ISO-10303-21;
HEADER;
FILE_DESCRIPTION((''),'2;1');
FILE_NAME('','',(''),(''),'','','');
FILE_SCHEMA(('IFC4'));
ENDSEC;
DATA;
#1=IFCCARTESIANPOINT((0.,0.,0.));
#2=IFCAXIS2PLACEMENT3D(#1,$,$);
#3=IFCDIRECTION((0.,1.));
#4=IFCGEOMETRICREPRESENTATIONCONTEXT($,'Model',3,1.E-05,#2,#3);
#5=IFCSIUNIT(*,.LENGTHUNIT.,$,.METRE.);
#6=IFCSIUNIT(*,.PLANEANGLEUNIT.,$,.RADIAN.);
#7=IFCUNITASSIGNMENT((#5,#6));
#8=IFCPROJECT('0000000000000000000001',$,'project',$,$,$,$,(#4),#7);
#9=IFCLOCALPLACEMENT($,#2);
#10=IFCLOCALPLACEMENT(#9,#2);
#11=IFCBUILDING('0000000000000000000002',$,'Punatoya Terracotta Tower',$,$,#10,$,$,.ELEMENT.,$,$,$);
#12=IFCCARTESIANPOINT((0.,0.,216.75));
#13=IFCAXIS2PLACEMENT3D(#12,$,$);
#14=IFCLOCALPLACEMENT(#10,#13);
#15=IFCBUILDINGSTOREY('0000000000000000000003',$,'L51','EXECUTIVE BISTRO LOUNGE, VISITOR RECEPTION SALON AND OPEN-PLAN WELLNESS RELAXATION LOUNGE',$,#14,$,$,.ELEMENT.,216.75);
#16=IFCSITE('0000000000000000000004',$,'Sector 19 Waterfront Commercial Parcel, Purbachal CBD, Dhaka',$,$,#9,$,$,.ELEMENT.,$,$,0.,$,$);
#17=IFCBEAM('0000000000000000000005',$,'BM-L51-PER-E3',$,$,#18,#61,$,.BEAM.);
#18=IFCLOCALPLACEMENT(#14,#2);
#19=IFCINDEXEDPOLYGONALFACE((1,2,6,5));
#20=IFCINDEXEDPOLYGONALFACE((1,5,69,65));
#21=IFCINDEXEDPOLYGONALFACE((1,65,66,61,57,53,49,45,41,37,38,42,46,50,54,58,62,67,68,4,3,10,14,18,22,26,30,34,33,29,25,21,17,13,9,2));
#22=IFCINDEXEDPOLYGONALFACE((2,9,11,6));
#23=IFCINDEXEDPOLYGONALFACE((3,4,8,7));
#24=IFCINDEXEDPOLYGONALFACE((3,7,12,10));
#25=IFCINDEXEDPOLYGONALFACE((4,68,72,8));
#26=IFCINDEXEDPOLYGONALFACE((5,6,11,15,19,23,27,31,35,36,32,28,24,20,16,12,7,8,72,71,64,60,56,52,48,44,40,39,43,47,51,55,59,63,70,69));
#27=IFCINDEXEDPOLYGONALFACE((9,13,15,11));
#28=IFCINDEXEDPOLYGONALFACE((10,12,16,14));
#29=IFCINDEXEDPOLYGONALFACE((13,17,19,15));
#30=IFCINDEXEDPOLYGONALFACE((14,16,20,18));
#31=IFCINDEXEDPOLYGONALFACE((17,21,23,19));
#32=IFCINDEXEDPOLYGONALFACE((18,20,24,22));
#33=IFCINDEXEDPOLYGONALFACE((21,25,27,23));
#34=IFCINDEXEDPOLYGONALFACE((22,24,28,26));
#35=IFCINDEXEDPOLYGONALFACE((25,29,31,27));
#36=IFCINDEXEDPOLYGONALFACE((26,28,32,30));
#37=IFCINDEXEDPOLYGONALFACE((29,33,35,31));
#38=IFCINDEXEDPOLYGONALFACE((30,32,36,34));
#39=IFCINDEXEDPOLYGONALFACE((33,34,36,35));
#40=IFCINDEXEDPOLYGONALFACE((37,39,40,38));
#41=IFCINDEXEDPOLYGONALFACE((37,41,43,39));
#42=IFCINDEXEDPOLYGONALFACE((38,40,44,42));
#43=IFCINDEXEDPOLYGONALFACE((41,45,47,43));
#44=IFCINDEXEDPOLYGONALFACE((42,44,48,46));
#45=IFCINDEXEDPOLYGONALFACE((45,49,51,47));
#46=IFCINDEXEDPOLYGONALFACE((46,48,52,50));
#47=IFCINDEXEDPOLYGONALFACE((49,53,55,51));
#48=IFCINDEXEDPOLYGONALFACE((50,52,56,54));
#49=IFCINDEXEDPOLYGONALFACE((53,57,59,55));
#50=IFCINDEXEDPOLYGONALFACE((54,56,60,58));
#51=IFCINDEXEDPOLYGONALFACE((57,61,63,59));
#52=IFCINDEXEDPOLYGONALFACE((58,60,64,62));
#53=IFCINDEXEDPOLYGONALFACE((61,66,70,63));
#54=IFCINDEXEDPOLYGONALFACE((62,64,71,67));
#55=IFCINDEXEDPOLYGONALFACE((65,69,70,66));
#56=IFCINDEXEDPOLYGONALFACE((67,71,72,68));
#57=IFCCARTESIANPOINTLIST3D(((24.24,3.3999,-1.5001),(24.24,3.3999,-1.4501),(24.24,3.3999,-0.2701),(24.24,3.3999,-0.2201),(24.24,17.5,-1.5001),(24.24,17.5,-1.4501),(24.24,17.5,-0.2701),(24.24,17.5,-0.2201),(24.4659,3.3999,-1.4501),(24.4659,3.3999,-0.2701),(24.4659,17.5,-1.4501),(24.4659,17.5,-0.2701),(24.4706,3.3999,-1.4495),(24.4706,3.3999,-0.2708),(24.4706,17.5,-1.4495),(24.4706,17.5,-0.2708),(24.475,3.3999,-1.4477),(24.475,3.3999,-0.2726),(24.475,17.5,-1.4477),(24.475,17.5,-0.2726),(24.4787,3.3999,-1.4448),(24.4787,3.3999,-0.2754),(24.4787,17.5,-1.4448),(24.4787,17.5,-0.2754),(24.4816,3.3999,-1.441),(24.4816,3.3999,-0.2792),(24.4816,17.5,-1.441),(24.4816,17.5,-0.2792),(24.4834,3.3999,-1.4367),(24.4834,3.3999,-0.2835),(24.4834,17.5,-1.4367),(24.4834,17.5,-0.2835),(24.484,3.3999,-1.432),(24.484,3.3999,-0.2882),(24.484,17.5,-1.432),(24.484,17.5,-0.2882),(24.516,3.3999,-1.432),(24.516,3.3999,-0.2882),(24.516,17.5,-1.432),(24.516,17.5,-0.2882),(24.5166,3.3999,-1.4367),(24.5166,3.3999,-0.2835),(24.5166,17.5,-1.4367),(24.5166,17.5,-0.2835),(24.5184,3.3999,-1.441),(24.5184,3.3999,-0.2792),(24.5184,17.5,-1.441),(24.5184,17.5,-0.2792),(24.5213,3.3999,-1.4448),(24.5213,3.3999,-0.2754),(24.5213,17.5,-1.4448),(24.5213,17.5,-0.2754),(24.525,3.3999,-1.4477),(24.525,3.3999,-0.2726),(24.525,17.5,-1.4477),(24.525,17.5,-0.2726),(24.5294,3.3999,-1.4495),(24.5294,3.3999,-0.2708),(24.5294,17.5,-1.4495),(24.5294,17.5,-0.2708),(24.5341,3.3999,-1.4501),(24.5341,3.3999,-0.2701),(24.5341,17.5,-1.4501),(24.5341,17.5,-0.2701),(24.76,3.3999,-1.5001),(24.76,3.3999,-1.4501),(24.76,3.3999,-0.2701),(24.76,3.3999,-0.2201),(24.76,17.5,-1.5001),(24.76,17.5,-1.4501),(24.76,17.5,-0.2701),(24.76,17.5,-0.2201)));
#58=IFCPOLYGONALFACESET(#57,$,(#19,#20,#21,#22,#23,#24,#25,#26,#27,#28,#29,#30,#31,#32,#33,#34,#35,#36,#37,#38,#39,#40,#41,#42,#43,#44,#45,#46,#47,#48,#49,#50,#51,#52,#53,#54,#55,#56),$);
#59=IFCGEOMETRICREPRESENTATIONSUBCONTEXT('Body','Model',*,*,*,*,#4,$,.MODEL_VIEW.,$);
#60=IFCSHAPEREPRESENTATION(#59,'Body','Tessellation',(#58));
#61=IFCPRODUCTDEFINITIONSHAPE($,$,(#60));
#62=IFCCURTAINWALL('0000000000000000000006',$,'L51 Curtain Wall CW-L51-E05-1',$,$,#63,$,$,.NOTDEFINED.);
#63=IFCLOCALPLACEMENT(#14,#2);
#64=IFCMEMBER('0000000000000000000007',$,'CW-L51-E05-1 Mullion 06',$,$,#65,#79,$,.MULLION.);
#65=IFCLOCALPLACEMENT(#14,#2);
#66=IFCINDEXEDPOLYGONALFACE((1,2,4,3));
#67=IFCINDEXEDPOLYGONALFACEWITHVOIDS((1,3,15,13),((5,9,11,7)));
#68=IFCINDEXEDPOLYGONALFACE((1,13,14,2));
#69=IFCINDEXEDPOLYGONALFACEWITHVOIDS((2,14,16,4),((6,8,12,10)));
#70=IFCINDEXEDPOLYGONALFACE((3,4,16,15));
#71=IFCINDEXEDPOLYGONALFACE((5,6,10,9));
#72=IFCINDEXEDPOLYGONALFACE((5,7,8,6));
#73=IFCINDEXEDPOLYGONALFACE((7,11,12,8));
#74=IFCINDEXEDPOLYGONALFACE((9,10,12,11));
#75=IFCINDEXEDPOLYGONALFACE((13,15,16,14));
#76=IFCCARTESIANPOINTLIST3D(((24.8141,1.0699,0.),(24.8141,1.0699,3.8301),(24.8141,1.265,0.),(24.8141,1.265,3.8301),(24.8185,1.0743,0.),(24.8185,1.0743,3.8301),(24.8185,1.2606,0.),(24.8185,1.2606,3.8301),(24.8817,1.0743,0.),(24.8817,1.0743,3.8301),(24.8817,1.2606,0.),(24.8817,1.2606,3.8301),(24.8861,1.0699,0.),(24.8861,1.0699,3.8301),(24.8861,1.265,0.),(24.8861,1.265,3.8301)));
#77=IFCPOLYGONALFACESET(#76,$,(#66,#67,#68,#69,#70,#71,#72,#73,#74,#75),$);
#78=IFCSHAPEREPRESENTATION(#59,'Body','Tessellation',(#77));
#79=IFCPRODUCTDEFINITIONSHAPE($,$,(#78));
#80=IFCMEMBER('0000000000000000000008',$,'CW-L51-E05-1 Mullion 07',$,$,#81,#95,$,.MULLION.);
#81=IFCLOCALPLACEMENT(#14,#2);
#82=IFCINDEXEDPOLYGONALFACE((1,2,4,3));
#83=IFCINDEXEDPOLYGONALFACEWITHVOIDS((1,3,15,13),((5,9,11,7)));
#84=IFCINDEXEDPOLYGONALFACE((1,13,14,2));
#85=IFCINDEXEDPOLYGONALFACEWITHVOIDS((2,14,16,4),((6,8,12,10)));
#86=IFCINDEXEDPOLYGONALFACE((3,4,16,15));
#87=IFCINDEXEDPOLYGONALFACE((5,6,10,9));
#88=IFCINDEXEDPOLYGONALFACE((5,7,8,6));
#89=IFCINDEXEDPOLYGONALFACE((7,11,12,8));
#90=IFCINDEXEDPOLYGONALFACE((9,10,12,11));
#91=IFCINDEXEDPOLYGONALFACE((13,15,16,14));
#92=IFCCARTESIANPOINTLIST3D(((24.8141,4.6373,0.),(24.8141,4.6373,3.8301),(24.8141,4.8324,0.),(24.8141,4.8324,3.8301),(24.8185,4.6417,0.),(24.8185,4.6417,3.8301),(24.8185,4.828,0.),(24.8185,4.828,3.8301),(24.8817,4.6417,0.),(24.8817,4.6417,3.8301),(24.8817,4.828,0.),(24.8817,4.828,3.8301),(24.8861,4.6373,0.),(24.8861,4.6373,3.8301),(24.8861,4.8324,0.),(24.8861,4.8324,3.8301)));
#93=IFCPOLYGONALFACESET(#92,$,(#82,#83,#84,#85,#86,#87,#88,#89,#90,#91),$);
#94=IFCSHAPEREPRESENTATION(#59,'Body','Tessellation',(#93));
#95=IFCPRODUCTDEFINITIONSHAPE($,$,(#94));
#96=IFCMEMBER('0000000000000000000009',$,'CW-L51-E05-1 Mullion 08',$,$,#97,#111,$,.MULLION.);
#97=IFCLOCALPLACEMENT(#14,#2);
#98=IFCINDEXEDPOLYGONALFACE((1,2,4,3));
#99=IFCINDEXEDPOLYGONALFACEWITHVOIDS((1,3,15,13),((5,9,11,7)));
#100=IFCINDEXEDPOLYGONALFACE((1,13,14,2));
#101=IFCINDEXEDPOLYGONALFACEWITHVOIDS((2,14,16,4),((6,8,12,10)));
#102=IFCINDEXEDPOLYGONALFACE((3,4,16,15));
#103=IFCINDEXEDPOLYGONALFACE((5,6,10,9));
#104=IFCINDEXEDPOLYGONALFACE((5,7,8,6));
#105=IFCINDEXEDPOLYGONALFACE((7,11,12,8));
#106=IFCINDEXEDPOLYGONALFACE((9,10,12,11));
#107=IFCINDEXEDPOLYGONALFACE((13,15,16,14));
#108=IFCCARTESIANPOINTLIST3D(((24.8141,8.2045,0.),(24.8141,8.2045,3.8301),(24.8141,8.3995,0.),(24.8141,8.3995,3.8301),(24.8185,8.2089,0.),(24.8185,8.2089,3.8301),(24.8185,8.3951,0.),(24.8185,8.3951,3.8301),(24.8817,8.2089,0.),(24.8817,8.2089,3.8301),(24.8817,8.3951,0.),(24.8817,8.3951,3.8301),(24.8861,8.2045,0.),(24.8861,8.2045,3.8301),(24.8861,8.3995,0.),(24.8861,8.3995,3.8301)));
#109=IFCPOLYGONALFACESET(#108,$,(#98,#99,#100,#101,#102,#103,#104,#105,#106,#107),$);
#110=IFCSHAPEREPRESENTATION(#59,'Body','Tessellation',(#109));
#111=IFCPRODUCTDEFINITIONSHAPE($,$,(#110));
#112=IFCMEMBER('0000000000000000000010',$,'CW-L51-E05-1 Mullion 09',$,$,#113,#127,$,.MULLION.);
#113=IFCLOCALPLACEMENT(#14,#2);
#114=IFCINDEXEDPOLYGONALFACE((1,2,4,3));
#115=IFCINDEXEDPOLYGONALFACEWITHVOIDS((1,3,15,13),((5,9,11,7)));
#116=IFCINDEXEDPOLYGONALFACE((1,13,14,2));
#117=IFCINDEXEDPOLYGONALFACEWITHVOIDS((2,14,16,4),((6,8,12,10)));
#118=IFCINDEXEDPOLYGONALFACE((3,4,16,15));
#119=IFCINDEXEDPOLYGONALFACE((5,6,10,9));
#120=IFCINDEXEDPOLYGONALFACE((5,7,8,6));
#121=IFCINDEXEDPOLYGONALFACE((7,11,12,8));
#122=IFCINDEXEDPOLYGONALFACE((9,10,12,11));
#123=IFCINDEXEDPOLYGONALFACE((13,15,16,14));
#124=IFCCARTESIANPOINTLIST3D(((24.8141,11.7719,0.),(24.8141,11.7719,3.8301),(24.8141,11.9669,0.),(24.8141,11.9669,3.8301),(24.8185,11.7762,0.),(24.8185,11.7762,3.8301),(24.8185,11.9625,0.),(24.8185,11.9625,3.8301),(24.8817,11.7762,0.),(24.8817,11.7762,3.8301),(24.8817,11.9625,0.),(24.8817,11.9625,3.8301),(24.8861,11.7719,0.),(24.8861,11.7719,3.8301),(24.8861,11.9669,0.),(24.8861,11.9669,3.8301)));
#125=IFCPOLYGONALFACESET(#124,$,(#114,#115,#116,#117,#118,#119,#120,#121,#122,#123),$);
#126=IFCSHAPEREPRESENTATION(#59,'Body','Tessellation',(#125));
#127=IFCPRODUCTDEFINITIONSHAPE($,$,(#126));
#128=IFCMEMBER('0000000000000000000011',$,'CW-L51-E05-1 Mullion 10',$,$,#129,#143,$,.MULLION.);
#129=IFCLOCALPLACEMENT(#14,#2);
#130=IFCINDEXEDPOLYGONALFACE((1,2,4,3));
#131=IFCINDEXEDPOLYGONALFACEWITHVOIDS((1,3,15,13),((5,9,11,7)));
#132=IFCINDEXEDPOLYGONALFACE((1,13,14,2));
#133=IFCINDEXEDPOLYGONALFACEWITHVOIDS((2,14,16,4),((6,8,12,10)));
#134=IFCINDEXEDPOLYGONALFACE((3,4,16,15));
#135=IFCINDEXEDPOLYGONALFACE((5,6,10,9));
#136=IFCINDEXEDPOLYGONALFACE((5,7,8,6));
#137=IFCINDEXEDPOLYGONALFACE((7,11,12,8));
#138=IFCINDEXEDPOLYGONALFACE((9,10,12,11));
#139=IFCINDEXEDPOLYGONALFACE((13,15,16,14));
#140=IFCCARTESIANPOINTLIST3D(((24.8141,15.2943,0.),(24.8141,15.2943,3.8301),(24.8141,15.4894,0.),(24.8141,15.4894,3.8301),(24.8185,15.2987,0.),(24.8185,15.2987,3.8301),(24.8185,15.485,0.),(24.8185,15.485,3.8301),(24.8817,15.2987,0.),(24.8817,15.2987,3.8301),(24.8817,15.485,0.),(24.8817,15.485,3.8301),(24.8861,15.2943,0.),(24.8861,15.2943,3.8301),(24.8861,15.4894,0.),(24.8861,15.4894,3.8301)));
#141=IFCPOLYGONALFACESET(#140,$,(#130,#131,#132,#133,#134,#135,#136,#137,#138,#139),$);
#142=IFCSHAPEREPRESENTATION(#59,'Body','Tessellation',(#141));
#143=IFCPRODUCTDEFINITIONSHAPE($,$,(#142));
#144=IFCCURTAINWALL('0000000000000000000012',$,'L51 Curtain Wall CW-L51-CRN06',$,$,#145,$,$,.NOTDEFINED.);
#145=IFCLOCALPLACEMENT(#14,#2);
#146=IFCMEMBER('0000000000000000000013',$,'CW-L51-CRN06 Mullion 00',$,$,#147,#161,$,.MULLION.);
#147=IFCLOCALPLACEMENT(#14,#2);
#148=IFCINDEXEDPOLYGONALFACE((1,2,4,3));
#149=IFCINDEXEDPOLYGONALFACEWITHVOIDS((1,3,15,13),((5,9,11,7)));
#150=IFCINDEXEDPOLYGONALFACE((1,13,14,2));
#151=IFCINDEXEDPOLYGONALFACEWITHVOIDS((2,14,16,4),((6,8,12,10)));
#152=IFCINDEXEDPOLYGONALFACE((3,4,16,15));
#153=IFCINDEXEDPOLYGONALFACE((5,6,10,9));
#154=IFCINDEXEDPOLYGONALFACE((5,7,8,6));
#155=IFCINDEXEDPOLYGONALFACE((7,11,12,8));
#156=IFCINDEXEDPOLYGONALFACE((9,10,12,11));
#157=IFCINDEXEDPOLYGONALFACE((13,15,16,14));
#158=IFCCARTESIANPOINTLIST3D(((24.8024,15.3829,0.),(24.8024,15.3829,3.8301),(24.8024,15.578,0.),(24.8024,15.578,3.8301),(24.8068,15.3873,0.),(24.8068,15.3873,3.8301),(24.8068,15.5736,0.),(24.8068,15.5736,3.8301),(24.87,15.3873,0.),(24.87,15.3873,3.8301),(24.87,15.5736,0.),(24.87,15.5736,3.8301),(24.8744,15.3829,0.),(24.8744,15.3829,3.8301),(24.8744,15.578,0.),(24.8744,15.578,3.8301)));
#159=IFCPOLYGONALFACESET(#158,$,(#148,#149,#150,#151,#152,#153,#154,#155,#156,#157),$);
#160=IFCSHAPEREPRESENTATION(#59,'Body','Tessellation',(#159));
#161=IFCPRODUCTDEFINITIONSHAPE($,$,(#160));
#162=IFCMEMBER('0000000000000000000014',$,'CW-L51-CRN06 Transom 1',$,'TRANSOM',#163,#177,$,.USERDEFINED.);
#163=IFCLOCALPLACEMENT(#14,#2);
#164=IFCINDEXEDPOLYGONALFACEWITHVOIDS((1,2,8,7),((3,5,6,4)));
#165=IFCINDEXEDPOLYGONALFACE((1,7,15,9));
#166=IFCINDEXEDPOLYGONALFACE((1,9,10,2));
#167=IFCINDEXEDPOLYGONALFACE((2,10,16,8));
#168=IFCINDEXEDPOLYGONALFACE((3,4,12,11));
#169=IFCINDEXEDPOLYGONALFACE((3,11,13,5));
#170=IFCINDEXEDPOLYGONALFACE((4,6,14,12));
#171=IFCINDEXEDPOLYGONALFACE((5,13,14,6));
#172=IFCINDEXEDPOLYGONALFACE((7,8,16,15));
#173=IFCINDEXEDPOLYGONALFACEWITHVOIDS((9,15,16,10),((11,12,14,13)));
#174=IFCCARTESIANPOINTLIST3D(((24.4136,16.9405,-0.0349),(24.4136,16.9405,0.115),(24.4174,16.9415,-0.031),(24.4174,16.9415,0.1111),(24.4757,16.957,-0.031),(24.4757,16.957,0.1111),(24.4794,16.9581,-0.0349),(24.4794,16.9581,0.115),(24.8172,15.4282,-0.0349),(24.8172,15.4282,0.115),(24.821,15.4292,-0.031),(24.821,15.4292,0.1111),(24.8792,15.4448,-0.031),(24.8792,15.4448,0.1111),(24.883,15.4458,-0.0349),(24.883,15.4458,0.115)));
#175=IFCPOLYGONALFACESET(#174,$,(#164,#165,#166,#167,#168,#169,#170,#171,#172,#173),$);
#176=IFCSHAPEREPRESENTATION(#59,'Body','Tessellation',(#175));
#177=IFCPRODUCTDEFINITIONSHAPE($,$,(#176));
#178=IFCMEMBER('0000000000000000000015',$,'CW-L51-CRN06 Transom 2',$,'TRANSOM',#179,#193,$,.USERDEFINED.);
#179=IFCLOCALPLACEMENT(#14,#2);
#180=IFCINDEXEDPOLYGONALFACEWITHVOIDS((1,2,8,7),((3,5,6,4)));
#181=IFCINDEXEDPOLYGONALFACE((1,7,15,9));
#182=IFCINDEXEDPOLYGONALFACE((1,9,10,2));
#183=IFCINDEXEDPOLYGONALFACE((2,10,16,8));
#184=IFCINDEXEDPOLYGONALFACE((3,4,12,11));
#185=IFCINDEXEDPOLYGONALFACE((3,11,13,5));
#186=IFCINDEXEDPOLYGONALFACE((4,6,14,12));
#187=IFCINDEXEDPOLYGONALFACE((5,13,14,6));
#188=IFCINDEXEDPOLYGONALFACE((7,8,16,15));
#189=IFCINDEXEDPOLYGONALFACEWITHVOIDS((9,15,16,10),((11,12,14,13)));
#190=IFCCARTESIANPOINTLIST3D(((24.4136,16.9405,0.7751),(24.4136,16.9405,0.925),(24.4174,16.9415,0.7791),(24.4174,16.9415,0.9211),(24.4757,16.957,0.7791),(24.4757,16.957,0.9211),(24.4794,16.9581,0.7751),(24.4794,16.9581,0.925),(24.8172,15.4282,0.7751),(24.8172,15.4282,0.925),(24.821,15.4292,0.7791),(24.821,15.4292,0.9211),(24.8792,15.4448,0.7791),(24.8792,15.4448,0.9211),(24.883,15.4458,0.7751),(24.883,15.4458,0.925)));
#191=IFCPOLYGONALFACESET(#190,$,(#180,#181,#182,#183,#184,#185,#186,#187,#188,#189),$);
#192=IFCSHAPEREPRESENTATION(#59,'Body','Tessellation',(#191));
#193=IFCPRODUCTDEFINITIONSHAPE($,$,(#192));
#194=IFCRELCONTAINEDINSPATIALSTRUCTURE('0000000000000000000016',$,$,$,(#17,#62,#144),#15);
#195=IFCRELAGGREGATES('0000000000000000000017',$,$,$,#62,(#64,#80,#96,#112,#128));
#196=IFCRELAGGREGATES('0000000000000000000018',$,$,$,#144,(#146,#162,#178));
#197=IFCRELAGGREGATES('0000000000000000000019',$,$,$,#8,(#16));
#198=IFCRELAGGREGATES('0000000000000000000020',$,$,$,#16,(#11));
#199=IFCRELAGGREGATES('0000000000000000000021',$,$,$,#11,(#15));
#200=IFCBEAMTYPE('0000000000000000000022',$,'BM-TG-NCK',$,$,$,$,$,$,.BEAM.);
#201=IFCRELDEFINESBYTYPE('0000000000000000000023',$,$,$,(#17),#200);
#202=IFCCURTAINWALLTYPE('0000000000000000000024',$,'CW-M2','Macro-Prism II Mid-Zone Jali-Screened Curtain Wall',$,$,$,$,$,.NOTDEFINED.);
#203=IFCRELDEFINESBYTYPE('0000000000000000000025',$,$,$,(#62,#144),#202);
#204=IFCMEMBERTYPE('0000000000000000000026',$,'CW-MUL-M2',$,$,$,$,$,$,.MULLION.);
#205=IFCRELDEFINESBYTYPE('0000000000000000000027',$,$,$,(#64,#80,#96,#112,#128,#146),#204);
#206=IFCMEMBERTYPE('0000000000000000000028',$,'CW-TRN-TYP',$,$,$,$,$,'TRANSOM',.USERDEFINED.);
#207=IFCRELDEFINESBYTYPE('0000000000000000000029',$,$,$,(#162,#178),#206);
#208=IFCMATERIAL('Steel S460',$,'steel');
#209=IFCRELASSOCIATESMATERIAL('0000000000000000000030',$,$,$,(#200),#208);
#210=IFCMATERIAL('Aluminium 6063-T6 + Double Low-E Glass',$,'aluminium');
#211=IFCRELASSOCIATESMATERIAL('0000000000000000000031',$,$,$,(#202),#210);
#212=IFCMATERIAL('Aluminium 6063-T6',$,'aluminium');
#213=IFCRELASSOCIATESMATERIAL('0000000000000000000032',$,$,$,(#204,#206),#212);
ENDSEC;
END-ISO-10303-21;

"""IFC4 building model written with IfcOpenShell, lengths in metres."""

from ifc_helpers import new_model, si_unit, direction, frame, origin, origin_2d, place, context, subcontext, project, spatial, hollow_rectangle, i_section, extrude, material, material_profile, profile_set, type_object, element, aggregate, save


model = new_model("IFC4")

# Units and contexts
model_context = context("Model", 3, precision=1e-05, world=origin(), true_north=direction((0.0, 1.0)))
body_context = subcontext(model_context, "Body", "Model", "MODEL_VIEW")
ifc_project = project(units=[si_unit("LENGTHUNIT", "METRE"), si_unit("PLANEANGLEUNIT", "RADIAN")], contexts=[model_context])

# Site, building, storey
site_placement = place(None, origin())
site = spatial("IfcSite", under=ifc_project, at=site_placement, Name="Sector 19 Waterfront Commercial Parcel, Purbachal CBD, Dhaka", CompositionType="ELEMENT", RefElevation=0.0)
building_placement = place(site_placement, origin())
building = spatial("IfcBuilding", under=site, at=building_placement, Name="Punatoya Terracotta Tower", CompositionType="ELEMENT")
storey_placement = place(building_placement, frame((0.0, 0.0, 216.75)))
storey = spatial("IfcBuildingStorey", under=building, at=storey_placement, Name="L51", Description="EXECUTIVE BISTRO LOUNGE, VISITOR RECEPTION SALON AND OPEN-PLAN WELLNESS RELAXATION LOUNGE", CompositionType="ELEMENT", Elevation=216.75)

# Shared definitions
ifc_material_1 = material(Name="Steel S460", Category="steel")

# Beam
ifc_material_profile_1 = material_profile(ifc_material_1, i_section(OverallWidth=0.52, OverallDepth=1.28, WebThickness=0.032, FlangeThickness=0.05, FilletRadius=0.0181, at=origin_2d()))
ifc_profile_set_1 = profile_set([ifc_material_profile_1], Name="Steel S460")
beam_type_1 = type_object("IfcBeamType", Name="BM-TG-NCK", PredefinedType="BEAM", material=ifc_profile_set_1)
beam_1_placement = place(storey_placement, frame((24.5, 3.3999, -0.8601), z_axis=(0.0, 1.0, 0.0), x_axis=(-1.0, 0.0, 0.0)))
element("IfcBeam", 1, at=beam_1_placement, inside=storey, type_object=beam_type_1, Name="BM-L51-PER-E3", PredefinedType="BEAM", context=body_context, shape_type="SweptSolid", body=[
    extrude(i_section(OverallWidth=0.52, OverallDepth=1.28, WebThickness=0.032, FlangeThickness=0.05, FilletRadius=0.0181, at=origin_2d()), origin(), (0.0, 0.0, 1.0), 14.1001),
])

# Curtain walls, members
ifc_material_2 = material(Name="Aluminium 6063-T6 + Double Low-E Glass", Category="aluminium")
curtain_wall_type = type_object("IfcCurtainWallType", Name="CW-M2", Description="Macro-Prism II Mid-Zone Jali-Screened Curtain Wall", PredefinedType="NOTDEFINED", material=ifc_material_2)
curtain_wall_1_placement = place(storey_placement, origin())
curtain_wall_1 = element("IfcCurtainWall", 2, at=curtain_wall_1_placement, inside=storey, type_object=curtain_wall_type, Name="L51 Curtain Wall CW-L51-E05-1", PredefinedType="NOTDEFINED")
ifc_material_3 = material(Name="Aluminium 6063-T6", Category="aluminium")
ifc_material_profile_2 = material_profile(ifc_material_3, hollow_rectangle(XDim=0.072, YDim=0.1951, WallThickness=0.0044, at=origin_2d()))
ifc_profile_set_2 = profile_set([ifc_material_profile_2], Name="Aluminium 6063-T6")
member_type_1 = type_object("IfcMemberType", Name="CW-MUL-M2", PredefinedType="MULLION", material=ifc_profile_set_2)
member_1_placement = place(storey_placement, frame((24.8501, 1.1675, 0.0), z_axis=(0.0, 0.0, 1.0), x_axis=(1.0, 0.0, 0.0)))
member_1 = element("IfcMember", 3, at=member_1_placement, type_object=member_type_1, Name="CW-L51-E05-1 Mullion 06", PredefinedType="MULLION", context=body_context, shape_type="SweptSolid", body=[
    extrude(hollow_rectangle(XDim=0.072, YDim=0.1951, WallThickness=0.0044, at=origin_2d()), origin(), (0.0, 0.0, 1.0), 3.8301),
])
member_2_placement = place(storey_placement, frame((24.8501, 4.7349, 0.0), z_axis=(0.0, 0.0, 1.0), x_axis=(1.0, 0.0, 0.0)))
member_2 = element("IfcMember", 4, at=member_2_placement, type_object=member_type_1, Name="CW-L51-E05-1 Mullion 07", PredefinedType="MULLION", context=body_context, shape_type="SweptSolid", body=[
    extrude(hollow_rectangle(XDim=0.072, YDim=0.1951, WallThickness=0.0044, at=origin_2d()), origin(), (0.0, 0.0, 1.0), 3.8301),
])
member_3_placement = place(storey_placement, frame((24.8501, 8.302, 0.0), z_axis=(0.0, 0.0, 1.0), x_axis=(1.0, 0.0, 0.0)))
member_3 = element("IfcMember", 5, at=member_3_placement, type_object=member_type_1, Name="CW-L51-E05-1 Mullion 08", PredefinedType="MULLION", context=body_context, shape_type="SweptSolid", body=[
    extrude(hollow_rectangle(XDim=0.072, YDim=0.1951, WallThickness=0.0044, at=origin_2d()), origin(), (0.0, 0.0, 1.0), 3.8301),
])
member_4_placement = place(storey_placement, frame((24.8501, 11.8694, 0.0), z_axis=(0.0, 0.0, 1.0), x_axis=(1.0, 0.0, 0.0)))
member_4 = element("IfcMember", 6, at=member_4_placement, type_object=member_type_1, Name="CW-L51-E05-1 Mullion 09", PredefinedType="MULLION", context=body_context, shape_type="SweptSolid", body=[
    extrude(hollow_rectangle(XDim=0.072, YDim=0.1951, WallThickness=0.0044, at=origin_2d()), origin(), (0.0, 0.0, 1.0), 3.8301),
])
member_5_placement = place(storey_placement, frame((24.8501, 15.3918, 0.0), z_axis=(0.0, 0.0, 1.0), x_axis=(1.0, 0.0, 0.0)))
member_5 = element("IfcMember", 7, at=member_5_placement, type_object=member_type_1, Name="CW-L51-E05-1 Mullion 10", PredefinedType="MULLION", context=body_context, shape_type="SweptSolid", body=[
    extrude(hollow_rectangle(XDim=0.072, YDim=0.1951, WallThickness=0.0044, at=origin_2d()), origin(), (0.0, 0.0, 1.0), 3.8301),
])
curtain_wall_2_placement = place(storey_placement, origin())
curtain_wall_2 = element("IfcCurtainWall", 8, at=curtain_wall_2_placement, inside=storey, type_object=curtain_wall_type, Name="L51 Curtain Wall CW-L51-CRN06", PredefinedType="NOTDEFINED")
member_6_placement = place(storey_placement, frame((24.8384, 15.4805, 0.0), z_axis=(0.0, 0.0, 1.0), x_axis=(1.0, 0.0, 0.0)))
member_6 = element("IfcMember", 9, at=member_6_placement, type_object=member_type_1, Name="CW-L51-CRN06 Mullion 00", PredefinedType="MULLION", context=body_context, shape_type="SweptSolid", body=[
    extrude(hollow_rectangle(XDim=0.072, YDim=0.1951, WallThickness=0.0044, at=origin_2d()), origin(), (0.0, 0.0, 1.0), 3.8301),
])
ifc_material_profile_3 = material_profile(ifc_material_3, hollow_rectangle(XDim=0.0681, YDim=0.1499, WallThickness=0.0039, at=origin_2d()))
ifc_profile_set_3 = profile_set([ifc_material_profile_3], Name="Aluminium 6063-T6")
member_type_2 = type_object("IfcMemberType", Name="CW-TRN-TYP", ElementType="TRANSOM", PredefinedType="USERDEFINED", material=ifc_profile_set_3)
member_7_placement = place(storey_placement, frame((24.8501, 15.437, 0.04), z_axis=(-0.257847, 0.966186, 0.0), x_axis=(-0.966186, -0.257847, 0.0)))
member_7 = element("IfcMember", 10, at=member_7_placement, type_object=member_type_2, Name="CW-L51-CRN06 Transom 1", ObjectType="TRANSOM", PredefinedType="USERDEFINED", context=body_context, shape_type="SweptSolid", body=[
    extrude(hollow_rectangle(XDim=0.0681, YDim=0.1499, WallThickness=0.0039, at=origin_2d()), origin(), (0.0, 0.0, 1.0), 1.5652),
])
member_8_placement = place(storey_placement, frame((24.8501, 15.437, 0.8501), z_axis=(-0.257847, 0.966186, 0.0), x_axis=(-0.966186, -0.257847, 0.0)))
member_8 = element("IfcMember", 11, at=member_8_placement, type_object=member_type_2, Name="CW-L51-CRN06 Transom 2", ObjectType="TRANSOM", PredefinedType="USERDEFINED", context=body_context, shape_type="SweptSolid", body=[
    extrude(hollow_rectangle(XDim=0.0681, YDim=0.1499, WallThickness=0.0039, at=origin_2d()), origin(), (0.0, 0.0, 1.0), 1.5652),
])

aggregate(curtain_wall_1, [member_1, member_2, member_3, member_4, member_5])
aggregate(curtain_wall_2, [member_6, member_7, member_8])

save(model, "model.ifc")
